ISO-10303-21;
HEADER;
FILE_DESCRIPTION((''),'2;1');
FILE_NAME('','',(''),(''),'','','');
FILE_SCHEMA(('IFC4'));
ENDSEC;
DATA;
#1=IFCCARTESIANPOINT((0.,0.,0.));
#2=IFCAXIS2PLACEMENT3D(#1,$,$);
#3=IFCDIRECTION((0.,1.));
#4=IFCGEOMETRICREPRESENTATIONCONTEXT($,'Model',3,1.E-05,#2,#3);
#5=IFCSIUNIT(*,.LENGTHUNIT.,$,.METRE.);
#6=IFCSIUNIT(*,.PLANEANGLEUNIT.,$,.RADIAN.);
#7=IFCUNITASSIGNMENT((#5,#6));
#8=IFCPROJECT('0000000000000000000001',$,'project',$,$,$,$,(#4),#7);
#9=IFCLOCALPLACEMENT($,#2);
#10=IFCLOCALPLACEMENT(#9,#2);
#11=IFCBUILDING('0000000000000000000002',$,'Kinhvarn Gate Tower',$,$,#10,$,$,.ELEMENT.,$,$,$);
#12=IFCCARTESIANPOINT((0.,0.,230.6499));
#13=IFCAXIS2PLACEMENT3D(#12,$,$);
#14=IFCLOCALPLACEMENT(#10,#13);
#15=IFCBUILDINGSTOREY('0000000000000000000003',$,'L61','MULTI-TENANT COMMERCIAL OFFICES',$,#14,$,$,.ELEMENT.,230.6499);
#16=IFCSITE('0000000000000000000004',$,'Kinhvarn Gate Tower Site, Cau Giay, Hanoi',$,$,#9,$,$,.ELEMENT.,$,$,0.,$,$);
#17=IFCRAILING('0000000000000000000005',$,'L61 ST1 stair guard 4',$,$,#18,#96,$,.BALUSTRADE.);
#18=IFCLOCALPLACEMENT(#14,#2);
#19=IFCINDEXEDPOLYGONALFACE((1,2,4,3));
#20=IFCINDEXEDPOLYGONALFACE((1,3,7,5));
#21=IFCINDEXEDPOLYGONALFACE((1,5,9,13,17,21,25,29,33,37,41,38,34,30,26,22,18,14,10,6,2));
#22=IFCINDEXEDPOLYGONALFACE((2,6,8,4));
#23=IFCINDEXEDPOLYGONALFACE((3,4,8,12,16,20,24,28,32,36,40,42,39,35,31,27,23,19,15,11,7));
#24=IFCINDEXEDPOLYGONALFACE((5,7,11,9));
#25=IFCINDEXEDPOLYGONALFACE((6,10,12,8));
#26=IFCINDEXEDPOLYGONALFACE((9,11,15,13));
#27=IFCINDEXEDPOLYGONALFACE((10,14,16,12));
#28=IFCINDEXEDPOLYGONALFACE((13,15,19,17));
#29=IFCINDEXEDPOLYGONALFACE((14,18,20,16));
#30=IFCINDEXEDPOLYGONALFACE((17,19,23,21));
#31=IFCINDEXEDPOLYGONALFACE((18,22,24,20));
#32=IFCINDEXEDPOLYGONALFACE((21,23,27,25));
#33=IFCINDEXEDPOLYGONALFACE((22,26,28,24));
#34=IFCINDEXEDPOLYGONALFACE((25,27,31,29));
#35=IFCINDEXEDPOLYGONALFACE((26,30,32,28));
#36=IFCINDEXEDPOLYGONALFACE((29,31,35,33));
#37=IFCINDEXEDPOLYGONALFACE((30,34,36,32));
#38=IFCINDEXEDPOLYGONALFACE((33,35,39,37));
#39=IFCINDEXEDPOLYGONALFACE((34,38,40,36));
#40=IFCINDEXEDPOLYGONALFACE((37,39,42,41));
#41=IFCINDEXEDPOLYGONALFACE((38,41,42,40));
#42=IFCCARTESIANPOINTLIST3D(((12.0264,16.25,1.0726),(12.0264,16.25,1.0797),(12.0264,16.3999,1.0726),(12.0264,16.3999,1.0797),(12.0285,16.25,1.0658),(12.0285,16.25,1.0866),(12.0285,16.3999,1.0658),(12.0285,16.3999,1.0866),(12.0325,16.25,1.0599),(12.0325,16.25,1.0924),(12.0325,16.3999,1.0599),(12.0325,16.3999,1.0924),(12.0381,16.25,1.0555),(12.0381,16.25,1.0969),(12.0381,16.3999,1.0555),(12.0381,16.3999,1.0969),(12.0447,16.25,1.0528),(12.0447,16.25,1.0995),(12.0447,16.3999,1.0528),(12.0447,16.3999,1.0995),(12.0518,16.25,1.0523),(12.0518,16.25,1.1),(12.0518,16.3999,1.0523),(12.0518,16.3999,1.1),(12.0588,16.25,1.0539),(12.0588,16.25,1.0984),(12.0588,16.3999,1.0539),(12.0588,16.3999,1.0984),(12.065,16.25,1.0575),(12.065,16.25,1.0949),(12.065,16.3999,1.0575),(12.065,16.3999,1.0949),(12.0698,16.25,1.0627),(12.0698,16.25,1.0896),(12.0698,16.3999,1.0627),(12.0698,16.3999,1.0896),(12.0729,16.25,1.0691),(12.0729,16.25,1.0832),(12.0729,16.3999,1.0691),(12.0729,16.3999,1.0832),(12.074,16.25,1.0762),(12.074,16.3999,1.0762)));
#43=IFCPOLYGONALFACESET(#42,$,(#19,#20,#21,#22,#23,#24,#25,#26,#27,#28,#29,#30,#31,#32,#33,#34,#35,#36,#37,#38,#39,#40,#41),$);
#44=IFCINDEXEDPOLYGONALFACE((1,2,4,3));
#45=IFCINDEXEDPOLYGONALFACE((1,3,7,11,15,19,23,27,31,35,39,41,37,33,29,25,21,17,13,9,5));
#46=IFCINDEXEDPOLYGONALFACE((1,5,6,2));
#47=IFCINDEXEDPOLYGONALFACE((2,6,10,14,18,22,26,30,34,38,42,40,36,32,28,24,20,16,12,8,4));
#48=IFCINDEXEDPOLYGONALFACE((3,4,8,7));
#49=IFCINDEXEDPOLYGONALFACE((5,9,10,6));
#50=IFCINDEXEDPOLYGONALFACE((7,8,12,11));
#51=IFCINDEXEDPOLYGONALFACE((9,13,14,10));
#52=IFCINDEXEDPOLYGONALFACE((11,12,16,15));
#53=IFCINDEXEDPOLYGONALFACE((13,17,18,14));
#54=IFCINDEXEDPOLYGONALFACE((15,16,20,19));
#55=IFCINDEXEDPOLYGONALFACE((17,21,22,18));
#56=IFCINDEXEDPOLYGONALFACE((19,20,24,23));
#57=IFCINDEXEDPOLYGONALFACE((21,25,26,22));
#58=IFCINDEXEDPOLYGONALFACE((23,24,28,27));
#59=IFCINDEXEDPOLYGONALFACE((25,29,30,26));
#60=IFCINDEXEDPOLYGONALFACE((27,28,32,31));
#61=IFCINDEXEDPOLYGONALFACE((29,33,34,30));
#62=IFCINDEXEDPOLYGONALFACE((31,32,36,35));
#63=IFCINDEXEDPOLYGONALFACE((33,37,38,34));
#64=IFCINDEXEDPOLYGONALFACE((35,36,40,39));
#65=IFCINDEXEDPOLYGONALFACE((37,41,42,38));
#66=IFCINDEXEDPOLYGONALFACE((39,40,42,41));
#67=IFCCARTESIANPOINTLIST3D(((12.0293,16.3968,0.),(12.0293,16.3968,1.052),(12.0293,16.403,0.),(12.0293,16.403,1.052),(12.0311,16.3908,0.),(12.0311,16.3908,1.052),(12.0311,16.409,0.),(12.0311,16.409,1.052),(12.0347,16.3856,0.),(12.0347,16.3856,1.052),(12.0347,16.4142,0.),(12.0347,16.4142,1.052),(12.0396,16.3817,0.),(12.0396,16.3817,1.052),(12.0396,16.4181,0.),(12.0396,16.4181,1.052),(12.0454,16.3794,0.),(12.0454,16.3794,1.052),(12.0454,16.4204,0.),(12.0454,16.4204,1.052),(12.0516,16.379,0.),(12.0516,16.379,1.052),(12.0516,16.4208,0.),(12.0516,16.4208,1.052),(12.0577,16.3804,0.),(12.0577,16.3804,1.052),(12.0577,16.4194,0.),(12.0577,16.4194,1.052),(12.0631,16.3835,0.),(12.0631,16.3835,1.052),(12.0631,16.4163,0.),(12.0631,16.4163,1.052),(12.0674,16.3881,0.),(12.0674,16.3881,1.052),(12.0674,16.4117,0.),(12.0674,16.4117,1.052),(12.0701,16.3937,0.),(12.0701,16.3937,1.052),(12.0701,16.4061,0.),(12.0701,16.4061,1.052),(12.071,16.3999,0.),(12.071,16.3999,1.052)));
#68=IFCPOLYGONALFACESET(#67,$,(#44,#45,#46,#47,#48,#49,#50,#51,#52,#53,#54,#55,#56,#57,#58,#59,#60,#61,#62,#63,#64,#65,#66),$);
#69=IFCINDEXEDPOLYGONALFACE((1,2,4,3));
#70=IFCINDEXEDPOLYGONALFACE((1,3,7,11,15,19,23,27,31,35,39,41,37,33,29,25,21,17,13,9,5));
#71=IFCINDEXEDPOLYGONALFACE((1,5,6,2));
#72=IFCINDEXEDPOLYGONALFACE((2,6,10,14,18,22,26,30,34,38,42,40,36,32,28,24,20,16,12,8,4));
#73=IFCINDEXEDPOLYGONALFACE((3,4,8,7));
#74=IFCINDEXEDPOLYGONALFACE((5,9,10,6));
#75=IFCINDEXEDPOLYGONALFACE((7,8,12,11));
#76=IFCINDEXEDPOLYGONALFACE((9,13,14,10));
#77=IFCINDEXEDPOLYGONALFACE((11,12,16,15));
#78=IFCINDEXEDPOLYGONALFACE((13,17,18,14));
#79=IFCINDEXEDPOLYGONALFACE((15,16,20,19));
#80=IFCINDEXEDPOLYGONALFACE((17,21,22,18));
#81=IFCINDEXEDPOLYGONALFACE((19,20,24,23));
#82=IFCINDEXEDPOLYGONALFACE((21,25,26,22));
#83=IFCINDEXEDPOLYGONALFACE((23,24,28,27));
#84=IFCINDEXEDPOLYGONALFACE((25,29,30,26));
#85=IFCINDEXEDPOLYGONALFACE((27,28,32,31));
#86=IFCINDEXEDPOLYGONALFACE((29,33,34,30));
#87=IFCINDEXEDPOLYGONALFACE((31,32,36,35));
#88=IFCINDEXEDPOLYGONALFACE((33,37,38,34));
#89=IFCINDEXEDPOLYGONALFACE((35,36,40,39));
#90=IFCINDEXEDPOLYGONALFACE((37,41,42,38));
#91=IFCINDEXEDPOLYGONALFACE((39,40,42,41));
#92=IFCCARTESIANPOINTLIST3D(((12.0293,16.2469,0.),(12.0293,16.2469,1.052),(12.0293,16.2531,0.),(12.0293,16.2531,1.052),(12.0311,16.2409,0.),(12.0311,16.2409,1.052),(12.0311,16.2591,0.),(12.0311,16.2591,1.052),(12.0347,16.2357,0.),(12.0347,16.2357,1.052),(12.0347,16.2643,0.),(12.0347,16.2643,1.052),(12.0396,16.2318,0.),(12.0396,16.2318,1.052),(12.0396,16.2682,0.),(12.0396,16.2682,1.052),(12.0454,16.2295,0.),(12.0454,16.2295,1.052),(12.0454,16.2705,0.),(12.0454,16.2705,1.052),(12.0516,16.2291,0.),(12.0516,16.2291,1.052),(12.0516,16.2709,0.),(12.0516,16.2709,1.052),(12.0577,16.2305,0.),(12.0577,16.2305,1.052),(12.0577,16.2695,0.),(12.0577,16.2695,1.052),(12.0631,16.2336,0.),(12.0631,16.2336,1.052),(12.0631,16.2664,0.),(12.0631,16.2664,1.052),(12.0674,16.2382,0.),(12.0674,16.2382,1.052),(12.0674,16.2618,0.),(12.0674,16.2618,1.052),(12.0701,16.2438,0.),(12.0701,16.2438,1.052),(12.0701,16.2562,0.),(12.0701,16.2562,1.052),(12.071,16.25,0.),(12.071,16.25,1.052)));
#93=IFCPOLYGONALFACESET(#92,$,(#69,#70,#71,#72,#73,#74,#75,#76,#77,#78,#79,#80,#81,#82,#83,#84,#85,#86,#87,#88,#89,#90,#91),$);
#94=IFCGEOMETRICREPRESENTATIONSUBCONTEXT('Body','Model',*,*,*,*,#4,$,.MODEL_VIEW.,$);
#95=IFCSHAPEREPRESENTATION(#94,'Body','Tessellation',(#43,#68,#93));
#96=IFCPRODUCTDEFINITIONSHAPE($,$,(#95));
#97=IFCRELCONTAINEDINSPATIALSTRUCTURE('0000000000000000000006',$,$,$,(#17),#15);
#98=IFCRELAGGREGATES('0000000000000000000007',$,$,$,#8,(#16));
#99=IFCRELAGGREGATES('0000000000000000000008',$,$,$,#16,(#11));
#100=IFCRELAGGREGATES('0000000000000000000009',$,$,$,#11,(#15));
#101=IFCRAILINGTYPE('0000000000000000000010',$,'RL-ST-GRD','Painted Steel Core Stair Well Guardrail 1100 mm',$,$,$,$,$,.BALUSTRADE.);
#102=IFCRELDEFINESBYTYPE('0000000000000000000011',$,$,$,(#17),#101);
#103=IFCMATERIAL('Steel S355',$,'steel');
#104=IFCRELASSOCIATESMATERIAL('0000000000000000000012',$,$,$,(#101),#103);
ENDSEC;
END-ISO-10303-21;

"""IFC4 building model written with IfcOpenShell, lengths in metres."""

from ifc_helpers import new_model, si_unit, direction, frame, origin, origin_2d, place, context, subcontext, project, spatial, circle, extrude, material, type_object, element, save


model = new_model("IFC4")

# Units and contexts
model_context = context("Model", 3, precision=1e-05, world=origin(), true_north=direction((0.0, 1.0)))
body_context = subcontext(model_context, "Body", "Model", "MODEL_VIEW")
ifc_project = project(units=[si_unit("LENGTHUNIT", "METRE"), si_unit("PLANEANGLEUNIT", "RADIAN")], contexts=[model_context])

# Site, building, storey
site_placement = place(None, origin())
site = spatial("IfcSite", under=ifc_project, at=site_placement, Name="Kinhvarn Gate Tower Site, Cau Giay, Hanoi", CompositionType="ELEMENT", RefElevation=0.0)
building_placement = place(site_placement, origin())
building = spatial("IfcBuilding", under=site, at=building_placement, Name="Kinhvarn Gate Tower", CompositionType="ELEMENT")
storey_placement = place(building_placement, frame((0.0, 0.0, 230.6499)))
storey = spatial("IfcBuildingStorey", under=building, at=storey_placement, Name="L61", Description="MULTI-TENANT COMMERCIAL OFFICES", CompositionType="ELEMENT", Elevation=230.6499)

# Shared definitions
ifc_material_1 = material(Name="Steel S355", Category="steel")

# Railing
railing_type_1 = type_object("IfcRailingType", Name="RL-ST-GRD", Description="Painted Steel Core Stair Well Guardrail 1100 mm", PredefinedType="BALUSTRADE", material=ifc_material_1)
railing_1_placement = place(storey_placement, frame((12.05, 16.3999, 0.0)))
element("IfcRailing", 1, at=railing_1_placement, inside=storey, type_object=railing_type_1, Name="L61 ST1 stair guard 4", PredefinedType="BALUSTRADE", context=body_context, shape_type="SweptSolid", body=[
    extrude(circle(Radius=0.0239, at=origin_2d()), frame((0.0, 0.0, 1.0762), z_axis=(0.0, -1.0, 0.0), x_axis=(1.0, 0.0, 0.0)), (0.0, 0.0, 1.0), 0.1499),
    extrude(circle(Radius=0.021, at=origin_2d()), origin(), (0.0, 0.0, 1.0), 1.052),
    extrude(circle(Radius=0.021, at=origin_2d()), frame((0.0, -0.1499, 0.0)), (0.0, 0.0, 1.0), 1.052),
])

save(model, "model.ifc")
